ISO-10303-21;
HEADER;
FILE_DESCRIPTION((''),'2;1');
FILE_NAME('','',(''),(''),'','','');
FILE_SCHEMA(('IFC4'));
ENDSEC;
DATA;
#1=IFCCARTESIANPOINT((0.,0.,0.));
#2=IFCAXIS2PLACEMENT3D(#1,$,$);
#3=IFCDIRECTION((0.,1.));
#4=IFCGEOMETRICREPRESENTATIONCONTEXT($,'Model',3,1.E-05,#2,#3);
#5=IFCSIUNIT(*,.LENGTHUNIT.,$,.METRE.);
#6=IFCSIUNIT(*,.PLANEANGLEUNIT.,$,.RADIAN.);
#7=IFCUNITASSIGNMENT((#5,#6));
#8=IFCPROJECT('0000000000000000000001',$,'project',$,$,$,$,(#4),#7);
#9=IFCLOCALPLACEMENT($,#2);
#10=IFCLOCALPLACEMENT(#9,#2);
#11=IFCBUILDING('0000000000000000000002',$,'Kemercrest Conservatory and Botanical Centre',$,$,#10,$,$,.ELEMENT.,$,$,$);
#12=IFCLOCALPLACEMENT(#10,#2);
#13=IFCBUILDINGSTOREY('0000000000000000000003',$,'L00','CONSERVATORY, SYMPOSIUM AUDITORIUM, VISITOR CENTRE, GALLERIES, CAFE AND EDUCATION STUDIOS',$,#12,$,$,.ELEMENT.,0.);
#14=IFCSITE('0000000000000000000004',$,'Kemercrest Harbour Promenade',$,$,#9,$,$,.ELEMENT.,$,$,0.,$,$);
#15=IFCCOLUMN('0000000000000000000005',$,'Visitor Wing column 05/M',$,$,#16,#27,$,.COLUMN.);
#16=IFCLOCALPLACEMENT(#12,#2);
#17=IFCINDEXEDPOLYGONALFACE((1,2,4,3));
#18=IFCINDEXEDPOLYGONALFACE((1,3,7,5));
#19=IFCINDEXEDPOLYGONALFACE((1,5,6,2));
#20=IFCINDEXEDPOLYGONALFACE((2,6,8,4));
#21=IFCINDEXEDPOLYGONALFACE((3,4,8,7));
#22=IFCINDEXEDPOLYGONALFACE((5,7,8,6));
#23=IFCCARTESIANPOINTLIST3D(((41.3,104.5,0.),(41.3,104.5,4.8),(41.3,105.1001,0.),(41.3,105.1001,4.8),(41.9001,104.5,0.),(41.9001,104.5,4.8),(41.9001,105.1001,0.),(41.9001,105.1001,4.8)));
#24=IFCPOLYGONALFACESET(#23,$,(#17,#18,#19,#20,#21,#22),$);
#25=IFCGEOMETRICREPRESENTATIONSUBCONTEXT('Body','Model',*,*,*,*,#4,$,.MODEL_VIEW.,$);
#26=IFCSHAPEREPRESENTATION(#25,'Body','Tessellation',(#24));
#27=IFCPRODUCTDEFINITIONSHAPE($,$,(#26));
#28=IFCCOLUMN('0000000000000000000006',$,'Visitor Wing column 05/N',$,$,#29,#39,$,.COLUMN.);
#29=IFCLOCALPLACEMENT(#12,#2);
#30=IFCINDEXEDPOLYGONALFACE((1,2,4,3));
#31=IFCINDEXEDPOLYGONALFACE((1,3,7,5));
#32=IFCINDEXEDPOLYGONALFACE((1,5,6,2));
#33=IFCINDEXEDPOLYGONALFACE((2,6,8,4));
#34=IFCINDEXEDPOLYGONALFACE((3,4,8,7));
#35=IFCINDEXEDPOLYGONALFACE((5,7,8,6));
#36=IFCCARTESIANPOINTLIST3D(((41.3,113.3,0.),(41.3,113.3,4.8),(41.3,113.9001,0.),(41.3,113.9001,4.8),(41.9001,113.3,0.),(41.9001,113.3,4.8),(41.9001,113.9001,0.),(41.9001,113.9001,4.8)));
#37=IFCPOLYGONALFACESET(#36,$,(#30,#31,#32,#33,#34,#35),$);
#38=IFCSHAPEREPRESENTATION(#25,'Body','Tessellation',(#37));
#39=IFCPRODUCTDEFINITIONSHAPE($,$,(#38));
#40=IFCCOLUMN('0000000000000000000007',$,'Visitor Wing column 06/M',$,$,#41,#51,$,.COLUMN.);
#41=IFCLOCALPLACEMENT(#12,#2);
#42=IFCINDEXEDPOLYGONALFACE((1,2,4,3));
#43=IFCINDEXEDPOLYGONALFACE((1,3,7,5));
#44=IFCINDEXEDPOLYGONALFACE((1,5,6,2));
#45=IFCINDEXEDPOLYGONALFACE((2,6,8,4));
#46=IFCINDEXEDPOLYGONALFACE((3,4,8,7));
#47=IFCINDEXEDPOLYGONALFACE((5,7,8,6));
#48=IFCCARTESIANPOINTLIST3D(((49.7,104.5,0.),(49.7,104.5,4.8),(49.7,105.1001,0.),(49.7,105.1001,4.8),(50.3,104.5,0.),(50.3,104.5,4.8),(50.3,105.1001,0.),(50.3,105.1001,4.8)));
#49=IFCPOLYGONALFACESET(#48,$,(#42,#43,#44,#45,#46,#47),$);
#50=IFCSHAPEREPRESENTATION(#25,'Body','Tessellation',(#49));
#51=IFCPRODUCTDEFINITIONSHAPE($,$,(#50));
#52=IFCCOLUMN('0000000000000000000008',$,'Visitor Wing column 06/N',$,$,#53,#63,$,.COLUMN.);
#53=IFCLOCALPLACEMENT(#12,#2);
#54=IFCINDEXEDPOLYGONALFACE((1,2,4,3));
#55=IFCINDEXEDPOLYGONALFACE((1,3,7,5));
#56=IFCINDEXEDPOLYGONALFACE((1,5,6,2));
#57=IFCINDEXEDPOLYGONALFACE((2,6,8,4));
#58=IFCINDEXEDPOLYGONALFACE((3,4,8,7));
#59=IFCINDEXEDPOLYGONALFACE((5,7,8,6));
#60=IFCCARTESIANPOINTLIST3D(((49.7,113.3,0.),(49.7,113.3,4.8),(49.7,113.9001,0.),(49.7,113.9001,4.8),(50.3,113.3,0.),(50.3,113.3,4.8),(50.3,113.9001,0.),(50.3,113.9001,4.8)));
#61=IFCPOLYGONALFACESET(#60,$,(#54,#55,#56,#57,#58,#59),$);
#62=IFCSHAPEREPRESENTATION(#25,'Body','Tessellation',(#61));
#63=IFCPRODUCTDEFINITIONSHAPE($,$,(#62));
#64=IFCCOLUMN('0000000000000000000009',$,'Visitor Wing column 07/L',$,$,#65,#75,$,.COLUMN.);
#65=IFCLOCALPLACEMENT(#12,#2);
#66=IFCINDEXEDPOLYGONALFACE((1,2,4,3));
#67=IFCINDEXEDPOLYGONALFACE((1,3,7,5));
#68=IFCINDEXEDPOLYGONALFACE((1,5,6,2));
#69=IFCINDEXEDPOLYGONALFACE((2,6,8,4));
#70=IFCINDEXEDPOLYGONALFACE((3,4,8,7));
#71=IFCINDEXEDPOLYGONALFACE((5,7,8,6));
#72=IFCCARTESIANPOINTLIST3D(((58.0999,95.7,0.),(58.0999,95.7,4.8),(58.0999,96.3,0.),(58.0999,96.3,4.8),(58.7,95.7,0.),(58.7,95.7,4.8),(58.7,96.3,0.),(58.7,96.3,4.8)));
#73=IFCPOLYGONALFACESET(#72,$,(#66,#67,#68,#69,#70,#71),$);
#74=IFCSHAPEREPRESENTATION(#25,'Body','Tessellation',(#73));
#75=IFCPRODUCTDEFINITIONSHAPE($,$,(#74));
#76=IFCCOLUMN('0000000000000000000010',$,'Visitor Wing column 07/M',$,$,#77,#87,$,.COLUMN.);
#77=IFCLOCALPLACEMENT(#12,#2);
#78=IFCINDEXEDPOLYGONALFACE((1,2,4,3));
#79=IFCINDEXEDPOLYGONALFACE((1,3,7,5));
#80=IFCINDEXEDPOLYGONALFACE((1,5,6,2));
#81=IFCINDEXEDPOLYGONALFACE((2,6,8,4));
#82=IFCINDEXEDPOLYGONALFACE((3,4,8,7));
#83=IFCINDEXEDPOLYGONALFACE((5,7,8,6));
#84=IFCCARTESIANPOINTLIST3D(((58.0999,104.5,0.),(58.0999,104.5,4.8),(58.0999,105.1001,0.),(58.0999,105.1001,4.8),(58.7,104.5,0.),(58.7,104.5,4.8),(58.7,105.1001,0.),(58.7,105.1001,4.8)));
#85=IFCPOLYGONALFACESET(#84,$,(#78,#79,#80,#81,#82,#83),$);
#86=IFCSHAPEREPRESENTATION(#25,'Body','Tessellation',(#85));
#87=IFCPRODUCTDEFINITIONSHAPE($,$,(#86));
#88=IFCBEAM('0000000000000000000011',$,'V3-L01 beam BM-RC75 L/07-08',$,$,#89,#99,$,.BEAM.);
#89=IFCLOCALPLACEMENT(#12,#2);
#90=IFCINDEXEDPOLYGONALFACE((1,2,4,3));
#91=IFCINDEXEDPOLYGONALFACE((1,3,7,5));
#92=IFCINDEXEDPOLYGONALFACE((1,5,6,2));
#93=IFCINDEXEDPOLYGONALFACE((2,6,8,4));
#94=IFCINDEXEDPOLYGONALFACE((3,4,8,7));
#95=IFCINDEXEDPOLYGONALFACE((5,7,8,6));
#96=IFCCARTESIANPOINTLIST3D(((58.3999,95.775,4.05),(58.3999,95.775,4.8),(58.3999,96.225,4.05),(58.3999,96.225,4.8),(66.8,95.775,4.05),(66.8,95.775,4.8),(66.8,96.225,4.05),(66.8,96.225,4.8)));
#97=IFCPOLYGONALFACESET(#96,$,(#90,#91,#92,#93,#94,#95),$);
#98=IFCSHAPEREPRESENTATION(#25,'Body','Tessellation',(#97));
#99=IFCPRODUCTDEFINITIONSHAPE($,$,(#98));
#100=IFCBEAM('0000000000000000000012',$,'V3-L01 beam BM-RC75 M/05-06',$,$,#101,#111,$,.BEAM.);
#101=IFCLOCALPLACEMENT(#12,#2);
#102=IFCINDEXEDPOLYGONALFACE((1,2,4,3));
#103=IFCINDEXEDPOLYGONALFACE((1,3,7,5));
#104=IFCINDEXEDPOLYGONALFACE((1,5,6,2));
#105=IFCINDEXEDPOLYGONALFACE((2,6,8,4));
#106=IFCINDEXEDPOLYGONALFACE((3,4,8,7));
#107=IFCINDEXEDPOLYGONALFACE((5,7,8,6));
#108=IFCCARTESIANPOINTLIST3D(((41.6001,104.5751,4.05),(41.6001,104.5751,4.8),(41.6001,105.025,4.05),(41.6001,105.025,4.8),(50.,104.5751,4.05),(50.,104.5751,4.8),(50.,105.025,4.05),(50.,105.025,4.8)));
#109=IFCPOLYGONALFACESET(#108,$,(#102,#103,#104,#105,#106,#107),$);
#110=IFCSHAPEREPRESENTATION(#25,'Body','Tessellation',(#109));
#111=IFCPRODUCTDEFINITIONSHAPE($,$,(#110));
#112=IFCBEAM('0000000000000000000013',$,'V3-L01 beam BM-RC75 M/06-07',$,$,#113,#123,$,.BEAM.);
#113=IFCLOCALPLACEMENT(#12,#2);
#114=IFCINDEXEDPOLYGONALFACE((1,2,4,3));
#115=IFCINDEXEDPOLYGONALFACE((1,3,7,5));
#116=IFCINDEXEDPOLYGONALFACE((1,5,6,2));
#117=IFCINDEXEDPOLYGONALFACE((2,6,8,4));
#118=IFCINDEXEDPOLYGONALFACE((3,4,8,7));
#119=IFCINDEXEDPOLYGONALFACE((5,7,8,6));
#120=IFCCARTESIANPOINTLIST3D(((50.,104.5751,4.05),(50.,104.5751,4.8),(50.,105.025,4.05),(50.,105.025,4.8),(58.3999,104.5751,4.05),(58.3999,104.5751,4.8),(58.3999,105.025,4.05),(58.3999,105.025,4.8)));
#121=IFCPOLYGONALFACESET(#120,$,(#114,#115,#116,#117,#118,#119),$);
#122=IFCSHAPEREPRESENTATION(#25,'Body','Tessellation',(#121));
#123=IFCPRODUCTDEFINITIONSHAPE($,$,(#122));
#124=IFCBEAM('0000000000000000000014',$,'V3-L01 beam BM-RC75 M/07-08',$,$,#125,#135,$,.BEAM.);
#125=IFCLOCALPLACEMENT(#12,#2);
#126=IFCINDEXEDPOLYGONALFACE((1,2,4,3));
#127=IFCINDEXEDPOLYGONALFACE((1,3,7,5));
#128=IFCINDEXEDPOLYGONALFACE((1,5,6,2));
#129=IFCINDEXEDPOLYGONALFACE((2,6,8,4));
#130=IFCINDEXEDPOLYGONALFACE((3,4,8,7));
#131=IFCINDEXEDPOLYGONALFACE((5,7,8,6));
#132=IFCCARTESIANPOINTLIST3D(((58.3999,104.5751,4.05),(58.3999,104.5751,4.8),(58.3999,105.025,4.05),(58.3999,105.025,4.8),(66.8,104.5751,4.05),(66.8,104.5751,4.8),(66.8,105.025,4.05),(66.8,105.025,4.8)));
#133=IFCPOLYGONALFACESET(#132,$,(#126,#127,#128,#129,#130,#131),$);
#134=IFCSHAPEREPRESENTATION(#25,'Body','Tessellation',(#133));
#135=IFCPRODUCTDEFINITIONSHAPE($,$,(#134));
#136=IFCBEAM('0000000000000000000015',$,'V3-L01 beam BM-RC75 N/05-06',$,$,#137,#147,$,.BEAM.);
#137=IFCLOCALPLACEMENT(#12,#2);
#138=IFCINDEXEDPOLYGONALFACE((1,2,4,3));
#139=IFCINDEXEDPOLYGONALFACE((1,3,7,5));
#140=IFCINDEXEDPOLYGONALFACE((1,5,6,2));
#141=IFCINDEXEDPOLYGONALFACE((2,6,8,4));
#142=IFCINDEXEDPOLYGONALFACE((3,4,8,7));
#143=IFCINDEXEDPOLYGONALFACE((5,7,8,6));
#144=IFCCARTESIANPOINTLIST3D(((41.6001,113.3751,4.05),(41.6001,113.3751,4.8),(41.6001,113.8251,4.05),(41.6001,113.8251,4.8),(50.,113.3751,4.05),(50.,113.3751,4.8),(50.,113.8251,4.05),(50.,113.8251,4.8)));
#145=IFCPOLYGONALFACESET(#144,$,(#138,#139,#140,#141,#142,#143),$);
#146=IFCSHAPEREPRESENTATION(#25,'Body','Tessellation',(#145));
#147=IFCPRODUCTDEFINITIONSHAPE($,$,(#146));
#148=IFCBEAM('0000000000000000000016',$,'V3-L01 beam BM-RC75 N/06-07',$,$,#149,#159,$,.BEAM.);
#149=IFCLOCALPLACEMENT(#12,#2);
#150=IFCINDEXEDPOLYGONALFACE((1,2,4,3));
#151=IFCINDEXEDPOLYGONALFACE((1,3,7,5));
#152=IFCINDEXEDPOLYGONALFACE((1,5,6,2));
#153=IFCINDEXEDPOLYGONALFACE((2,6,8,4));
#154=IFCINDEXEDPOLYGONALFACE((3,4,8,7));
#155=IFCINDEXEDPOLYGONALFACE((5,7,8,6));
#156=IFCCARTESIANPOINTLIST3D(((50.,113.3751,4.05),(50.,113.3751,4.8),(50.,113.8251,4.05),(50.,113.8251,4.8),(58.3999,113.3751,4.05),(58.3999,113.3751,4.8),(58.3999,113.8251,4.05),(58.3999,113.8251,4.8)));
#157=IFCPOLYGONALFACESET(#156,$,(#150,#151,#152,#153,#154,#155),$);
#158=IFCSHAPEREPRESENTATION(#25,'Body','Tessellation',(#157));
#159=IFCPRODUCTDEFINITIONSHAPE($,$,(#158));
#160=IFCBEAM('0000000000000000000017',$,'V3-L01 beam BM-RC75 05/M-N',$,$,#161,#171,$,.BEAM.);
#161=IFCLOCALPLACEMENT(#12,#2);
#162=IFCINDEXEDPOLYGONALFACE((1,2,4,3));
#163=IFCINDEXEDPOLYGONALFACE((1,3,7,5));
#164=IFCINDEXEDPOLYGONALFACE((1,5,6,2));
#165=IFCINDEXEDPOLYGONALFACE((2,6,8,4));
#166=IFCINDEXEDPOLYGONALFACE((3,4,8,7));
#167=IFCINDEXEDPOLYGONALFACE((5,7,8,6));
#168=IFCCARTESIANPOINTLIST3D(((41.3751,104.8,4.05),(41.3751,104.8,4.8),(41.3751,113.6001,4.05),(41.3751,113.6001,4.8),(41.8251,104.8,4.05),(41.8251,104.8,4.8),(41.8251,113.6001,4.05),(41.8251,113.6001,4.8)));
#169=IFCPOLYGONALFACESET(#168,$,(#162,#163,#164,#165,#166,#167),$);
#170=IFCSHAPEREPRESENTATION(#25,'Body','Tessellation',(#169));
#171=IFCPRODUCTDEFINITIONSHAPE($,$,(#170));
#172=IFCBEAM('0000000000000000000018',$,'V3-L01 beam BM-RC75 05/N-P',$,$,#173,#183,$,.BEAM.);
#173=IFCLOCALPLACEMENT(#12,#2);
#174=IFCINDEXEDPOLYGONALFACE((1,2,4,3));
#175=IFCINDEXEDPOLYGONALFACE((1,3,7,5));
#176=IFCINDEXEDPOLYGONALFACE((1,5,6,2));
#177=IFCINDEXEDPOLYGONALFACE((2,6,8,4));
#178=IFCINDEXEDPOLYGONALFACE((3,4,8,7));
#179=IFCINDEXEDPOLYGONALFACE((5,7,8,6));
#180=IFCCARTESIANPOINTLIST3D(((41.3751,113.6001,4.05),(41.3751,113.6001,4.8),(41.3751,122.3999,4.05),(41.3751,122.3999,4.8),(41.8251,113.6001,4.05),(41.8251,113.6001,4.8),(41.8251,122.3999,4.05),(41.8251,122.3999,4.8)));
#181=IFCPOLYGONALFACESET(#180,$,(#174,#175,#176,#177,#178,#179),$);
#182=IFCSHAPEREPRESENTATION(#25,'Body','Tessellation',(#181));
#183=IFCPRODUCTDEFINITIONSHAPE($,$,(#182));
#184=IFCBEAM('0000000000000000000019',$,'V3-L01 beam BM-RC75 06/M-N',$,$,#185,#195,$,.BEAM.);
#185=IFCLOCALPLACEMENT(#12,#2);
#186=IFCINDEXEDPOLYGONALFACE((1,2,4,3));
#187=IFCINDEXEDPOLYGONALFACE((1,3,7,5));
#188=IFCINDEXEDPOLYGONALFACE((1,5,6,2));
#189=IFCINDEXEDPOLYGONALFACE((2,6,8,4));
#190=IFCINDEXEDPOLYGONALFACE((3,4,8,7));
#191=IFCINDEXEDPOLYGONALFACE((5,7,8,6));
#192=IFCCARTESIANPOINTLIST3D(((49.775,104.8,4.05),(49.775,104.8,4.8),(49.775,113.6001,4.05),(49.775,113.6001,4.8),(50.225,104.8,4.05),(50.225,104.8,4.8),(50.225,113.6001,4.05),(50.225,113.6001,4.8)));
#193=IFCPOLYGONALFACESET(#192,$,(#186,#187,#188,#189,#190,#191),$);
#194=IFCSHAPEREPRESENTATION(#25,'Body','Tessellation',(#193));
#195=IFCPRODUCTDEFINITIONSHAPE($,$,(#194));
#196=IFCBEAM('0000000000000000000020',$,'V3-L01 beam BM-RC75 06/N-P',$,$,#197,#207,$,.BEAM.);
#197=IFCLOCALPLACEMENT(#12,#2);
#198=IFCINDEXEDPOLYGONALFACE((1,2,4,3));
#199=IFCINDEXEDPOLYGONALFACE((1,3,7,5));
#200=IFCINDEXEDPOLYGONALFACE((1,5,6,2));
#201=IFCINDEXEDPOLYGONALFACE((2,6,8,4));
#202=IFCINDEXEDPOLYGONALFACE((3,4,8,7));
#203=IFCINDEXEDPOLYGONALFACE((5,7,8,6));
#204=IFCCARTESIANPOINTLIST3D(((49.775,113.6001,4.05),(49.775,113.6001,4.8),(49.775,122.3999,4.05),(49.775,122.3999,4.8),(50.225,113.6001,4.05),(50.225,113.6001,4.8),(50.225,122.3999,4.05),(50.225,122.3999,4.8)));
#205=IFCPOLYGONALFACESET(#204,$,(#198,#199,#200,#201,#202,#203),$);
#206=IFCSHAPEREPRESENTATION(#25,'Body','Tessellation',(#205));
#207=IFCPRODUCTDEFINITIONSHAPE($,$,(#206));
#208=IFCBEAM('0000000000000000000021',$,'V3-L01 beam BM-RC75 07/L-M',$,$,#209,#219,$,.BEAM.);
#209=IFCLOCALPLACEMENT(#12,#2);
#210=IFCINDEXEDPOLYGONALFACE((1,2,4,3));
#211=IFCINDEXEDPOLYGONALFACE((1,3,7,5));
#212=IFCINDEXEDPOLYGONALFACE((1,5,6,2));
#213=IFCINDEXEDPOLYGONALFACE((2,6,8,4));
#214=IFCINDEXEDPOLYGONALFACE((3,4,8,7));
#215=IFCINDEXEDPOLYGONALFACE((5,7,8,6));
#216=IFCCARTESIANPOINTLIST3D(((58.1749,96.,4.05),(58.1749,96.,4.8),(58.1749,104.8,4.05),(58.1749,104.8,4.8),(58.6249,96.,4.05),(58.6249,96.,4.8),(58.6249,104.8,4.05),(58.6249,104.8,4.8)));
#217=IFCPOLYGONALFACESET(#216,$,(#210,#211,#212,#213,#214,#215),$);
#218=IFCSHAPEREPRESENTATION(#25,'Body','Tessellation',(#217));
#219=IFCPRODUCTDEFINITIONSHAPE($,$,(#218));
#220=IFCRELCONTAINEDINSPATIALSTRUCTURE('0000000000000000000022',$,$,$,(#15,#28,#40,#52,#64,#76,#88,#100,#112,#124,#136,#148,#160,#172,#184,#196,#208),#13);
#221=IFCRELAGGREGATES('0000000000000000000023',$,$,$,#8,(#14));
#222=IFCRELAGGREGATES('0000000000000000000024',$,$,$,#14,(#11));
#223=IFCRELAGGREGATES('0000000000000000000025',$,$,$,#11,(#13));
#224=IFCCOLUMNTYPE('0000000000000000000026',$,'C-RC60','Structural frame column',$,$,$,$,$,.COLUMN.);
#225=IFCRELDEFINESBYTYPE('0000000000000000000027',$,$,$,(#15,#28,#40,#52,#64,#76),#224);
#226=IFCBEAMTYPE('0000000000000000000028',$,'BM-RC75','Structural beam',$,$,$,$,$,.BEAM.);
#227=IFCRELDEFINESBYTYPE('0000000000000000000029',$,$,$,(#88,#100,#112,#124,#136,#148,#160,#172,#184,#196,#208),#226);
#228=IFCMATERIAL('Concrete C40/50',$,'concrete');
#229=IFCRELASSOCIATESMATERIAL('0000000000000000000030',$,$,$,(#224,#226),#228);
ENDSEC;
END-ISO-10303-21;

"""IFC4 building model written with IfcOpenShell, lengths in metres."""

from ifc_helpers import new_model, si_unit, direction, frame, origin, origin_2d, place, context, subcontext, project, spatial, rectangle, extrude, material, material_profile, profile_set, type_object, element, save


model = new_model("IFC4")

# Units and contexts
model_context = context("Model", 3, precision=1e-05, world=origin(), true_north=direction((0.0, 1.0)))
body_context = subcontext(model_context, "Body", "Model", "MODEL_VIEW")
ifc_project = project(units=[si_unit("LENGTHUNIT", "METRE"), si_unit("PLANEANGLEUNIT", "RADIAN")], contexts=[model_context])

# Site, building, storey
site_placement = place(None, origin())
site = spatial("IfcSite", under=ifc_project, at=site_placement, Name="Kemercrest Harbour Promenade", CompositionType="ELEMENT", RefElevation=0.0)
building_placement = place(site_placement, origin())
building = spatial("IfcBuilding", under=site, at=building_placement, Name="Kemercrest Conservatory and Botanical Centre", CompositionType="ELEMENT")
storey_placement = place(building_placement, origin())
storey = spatial("IfcBuildingStorey", under=building, at=storey_placement, Name="L00", Description="CONSERVATORY, SYMPOSIUM AUDITORIUM, VISITOR CENTRE, GALLERIES, CAFE AND EDUCATION STUDIOS", CompositionType="ELEMENT", Elevation=0.0)

# Columns
ifc_material_1 = material(Name="Concrete C40/50", Category="concrete")
ifc_material_profile_1 = material_profile(ifc_material_1, rectangle(XDim=0.6001, YDim=0.6001, at=origin_2d()), Name="RC 600x600")
ifc_profile_set_1 = profile_set([ifc_material_profile_1], Name="Concrete C40/50")
column_type = type_object("IfcColumnType", Name="C-RC60", Description="Structural frame column", PredefinedType="COLUMN", material=ifc_profile_set_1)
for number, where, z_axis, x_axis, name in (
    (1, (41.6001, 104.8, 0.0), (0.0, 0.0, 1.0), (1.0, 0.0, 0.0), "Visitor Wing column 05/M"),
    (2, (41.6001, 113.6001, 0.0), (0.0, 0.0, 1.0), (1.0, 0.0, 0.0), "Visitor Wing column 05/N"),
    (3, (50.0, 104.8, 0.0), (0.0, 0.0, 1.0), (1.0, 0.0, 0.0), "Visitor Wing column 06/M"),
    (4, (50.0, 113.6001, 0.0), (0.0, 0.0, 1.0), (1.0, 0.0, 0.0), "Visitor Wing column 06/N"),
    (5, (58.3999, 96.0, 0.0), (0.0, 0.0, 1.0), (1.0, 0.0, 0.0), "Visitor Wing column 07/L"),
    (6, (58.3999, 104.8, 0.0), (0.0, 0.0, 1.0), (1.0, 0.0, 0.0), "Visitor Wing column 07/M"),
):
    element("IfcColumn", number, at=place(storey_placement, frame(where, z_axis=z_axis, x_axis=x_axis)), inside=storey, type_object=column_type, Name=name, PredefinedType="COLUMN", context=body_context, shape_type="SweptSolid", body=[
        extrude(rectangle(XDim=0.6001, YDim=0.6001, at=origin_2d()), origin(), (0.0, 0.0, 1.0), 4.8),
    ])

# Beams
ifc_material_profile_2 = material_profile(ifc_material_1, rectangle(XDim=0.45, YDim=0.75, at=origin_2d()), Name="RC 450x750")
ifc_profile_set_2 = profile_set([ifc_material_profile_2], Name="Concrete C40/50")
beam_type_1 = type_object("IfcBeamType", Name="BM-RC75", Description="Structural beam", PredefinedType="BEAM", material=ifc_profile_set_2)
beam_1_placement = place(storey_placement, frame((58.3999, 96.0, 4.425), z_axis=(1.0, 0.0, 0.0), x_axis=(0.0, 1.0, 0.0)))
element("IfcBeam", 7, at=beam_1_placement, inside=storey, type_object=beam_type_1, Name="V3-L01 beam BM-RC75 L/07-08", PredefinedType="BEAM", context=body_context, shape_type="SweptSolid", body=[
    extrude(rectangle(XDim=0.45, YDim=0.75, at=origin_2d()), origin(), (0.0, 0.0, 1.0), 8.4001),
])
for number, where, z_axis, x_axis, name in (
    (8, (41.6001, 104.8, 4.425), (1.0, 0.0, 0.0), (0.0, 1.0, 0.0), "V3-L01 beam BM-RC75 M/05-06"),
    (9, (50.0, 104.8, 4.425), (1.0, 0.0, 0.0), (0.0, 1.0, 0.0), "V3-L01 beam BM-RC75 M/06-07"),
):
    element("IfcBeam", number, at=place(storey_placement, frame(where, z_axis=z_axis, x_axis=x_axis)), inside=storey, type_object=beam_type_1, Name=name, PredefinedType="BEAM", context=body_context, shape_type="SweptSolid", body=[
        extrude(rectangle(XDim=0.45, YDim=0.75, at=origin_2d()), origin(), (0.0, 0.0, 1.0), 8.3999),
    ])
beam_2_placement = place(storey_placement, frame((58.3999, 104.8, 4.425), z_axis=(1.0, 0.0, 0.0), x_axis=(0.0, 1.0, 0.0)))
element("IfcBeam", 10, at=beam_2_placement, inside=storey, type_object=beam_type_1, Name="V3-L01 beam BM-RC75 M/07-08", PredefinedType="BEAM", context=body_context, shape_type="SweptSolid", body=[
    extrude(rectangle(XDim=0.45, YDim=0.75, at=origin_2d()), origin(), (0.0, 0.0, 1.0), 8.4001),
])
for number, where, z_axis, x_axis, name in (
    (11, (41.6001, 113.6001, 4.425), (1.0, 0.0, 0.0), (0.0, 1.0, 0.0), "V3-L01 beam BM-RC75 N/05-06"),
    (12, (50.0, 113.6001, 4.425), (1.0, 0.0, 0.0), (0.0, 1.0, 0.0), "V3-L01 beam BM-RC75 N/06-07"),
):
    element("IfcBeam", number, at=place(storey_placement, frame(where, z_axis=z_axis, x_axis=x_axis)), inside=storey, type_object=beam_type_1, Name=name, PredefinedType="BEAM", context=body_context, shape_type="SweptSolid", body=[
        extrude(rectangle(XDim=0.45, YDim=0.75, at=origin_2d()), origin(), (0.0, 0.0, 1.0), 8.3999),
    ])
beam_3_placement = place(storey_placement, frame((41.6001, 104.8, 4.425), z_axis=(0.0, 1.0, 0.0), x_axis=(-1.0, 0.0, 0.0)))
element("IfcBeam", 13, at=beam_3_placement, inside=storey, type_object=beam_type_1, Name="V3-L01 beam BM-RC75 05/M-N", PredefinedType="BEAM", context=body_context, shape_type="SweptSolid", body=[
    extrude(rectangle(XDim=0.45, YDim=0.75, at=origin_2d()), origin(), (0.0, 0.0, 1.0), 8.8),
])
beam_4_placement = place(storey_placement, frame((41.6001, 113.6001, 4.425), z_axis=(0.0, 1.0, 0.0), x_axis=(-1.0, 0.0, 0.0)))
element("IfcBeam", 14, at=beam_4_placement, inside=storey, type_object=beam_type_1, Name="V3-L01 beam BM-RC75 05/N-P", PredefinedType="BEAM", context=body_context, shape_type="SweptSolid", body=[
    extrude(rectangle(XDim=0.45, YDim=0.75, at=origin_2d()), origin(), (0.0, 0.0, 1.0), 8.7998),
])
beam_5_placement = place(storey_placement, frame((50.0, 104.8, 4.425), z_axis=(0.0, 1.0, 0.0), x_axis=(-1.0, 0.0, 0.0)))
element("IfcBeam", 15, at=beam_5_placement, inside=storey, type_object=beam_type_1, Name="V3-L01 beam BM-RC75 06/M-N", PredefinedType="BEAM", context=body_context, shape_type="SweptSolid", body=[
    extrude(rectangle(XDim=0.45, YDim=0.75, at=origin_2d()), origin(), (0.0, 0.0, 1.0), 8.8),
])
beam_6_placement = place(storey_placement, frame((50.0, 113.6001, 4.425), z_axis=(0.0, 1.0, 0.0), x_axis=(-1.0, 0.0, 0.0)))
element("IfcBeam", 16, at=beam_6_placement, inside=storey, type_object=beam_type_1, Name="V3-L01 beam BM-RC75 06/N-P", PredefinedType="BEAM", context=body_context, shape_type="SweptSolid", body=[
    extrude(rectangle(XDim=0.45, YDim=0.75, at=origin_2d()), origin(), (0.0, 0.0, 1.0), 8.7998),
])
for number, where, z_axis, x_axis, name in (
    (17, (58.3999, 96.0, 4.425), (0.0, 1.0, 0.0), (-1.0, 0.0, 0.0), "V3-L01 beam BM-RC75 07/L-M"),
):
    element("IfcBeam", number, at=place(storey_placement, frame(where, z_axis=z_axis, x_axis=x_axis)), inside=storey, type_object=beam_type_1, Name=name, PredefinedType="BEAM", context=body_context, shape_type="SweptSolid", body=[
        extrude(rectangle(XDim=0.45, YDim=0.75, at=origin_2d()), origin(), (0.0, 0.0, 1.0), 8.8),
    ])

save(model, "model.ifc")
